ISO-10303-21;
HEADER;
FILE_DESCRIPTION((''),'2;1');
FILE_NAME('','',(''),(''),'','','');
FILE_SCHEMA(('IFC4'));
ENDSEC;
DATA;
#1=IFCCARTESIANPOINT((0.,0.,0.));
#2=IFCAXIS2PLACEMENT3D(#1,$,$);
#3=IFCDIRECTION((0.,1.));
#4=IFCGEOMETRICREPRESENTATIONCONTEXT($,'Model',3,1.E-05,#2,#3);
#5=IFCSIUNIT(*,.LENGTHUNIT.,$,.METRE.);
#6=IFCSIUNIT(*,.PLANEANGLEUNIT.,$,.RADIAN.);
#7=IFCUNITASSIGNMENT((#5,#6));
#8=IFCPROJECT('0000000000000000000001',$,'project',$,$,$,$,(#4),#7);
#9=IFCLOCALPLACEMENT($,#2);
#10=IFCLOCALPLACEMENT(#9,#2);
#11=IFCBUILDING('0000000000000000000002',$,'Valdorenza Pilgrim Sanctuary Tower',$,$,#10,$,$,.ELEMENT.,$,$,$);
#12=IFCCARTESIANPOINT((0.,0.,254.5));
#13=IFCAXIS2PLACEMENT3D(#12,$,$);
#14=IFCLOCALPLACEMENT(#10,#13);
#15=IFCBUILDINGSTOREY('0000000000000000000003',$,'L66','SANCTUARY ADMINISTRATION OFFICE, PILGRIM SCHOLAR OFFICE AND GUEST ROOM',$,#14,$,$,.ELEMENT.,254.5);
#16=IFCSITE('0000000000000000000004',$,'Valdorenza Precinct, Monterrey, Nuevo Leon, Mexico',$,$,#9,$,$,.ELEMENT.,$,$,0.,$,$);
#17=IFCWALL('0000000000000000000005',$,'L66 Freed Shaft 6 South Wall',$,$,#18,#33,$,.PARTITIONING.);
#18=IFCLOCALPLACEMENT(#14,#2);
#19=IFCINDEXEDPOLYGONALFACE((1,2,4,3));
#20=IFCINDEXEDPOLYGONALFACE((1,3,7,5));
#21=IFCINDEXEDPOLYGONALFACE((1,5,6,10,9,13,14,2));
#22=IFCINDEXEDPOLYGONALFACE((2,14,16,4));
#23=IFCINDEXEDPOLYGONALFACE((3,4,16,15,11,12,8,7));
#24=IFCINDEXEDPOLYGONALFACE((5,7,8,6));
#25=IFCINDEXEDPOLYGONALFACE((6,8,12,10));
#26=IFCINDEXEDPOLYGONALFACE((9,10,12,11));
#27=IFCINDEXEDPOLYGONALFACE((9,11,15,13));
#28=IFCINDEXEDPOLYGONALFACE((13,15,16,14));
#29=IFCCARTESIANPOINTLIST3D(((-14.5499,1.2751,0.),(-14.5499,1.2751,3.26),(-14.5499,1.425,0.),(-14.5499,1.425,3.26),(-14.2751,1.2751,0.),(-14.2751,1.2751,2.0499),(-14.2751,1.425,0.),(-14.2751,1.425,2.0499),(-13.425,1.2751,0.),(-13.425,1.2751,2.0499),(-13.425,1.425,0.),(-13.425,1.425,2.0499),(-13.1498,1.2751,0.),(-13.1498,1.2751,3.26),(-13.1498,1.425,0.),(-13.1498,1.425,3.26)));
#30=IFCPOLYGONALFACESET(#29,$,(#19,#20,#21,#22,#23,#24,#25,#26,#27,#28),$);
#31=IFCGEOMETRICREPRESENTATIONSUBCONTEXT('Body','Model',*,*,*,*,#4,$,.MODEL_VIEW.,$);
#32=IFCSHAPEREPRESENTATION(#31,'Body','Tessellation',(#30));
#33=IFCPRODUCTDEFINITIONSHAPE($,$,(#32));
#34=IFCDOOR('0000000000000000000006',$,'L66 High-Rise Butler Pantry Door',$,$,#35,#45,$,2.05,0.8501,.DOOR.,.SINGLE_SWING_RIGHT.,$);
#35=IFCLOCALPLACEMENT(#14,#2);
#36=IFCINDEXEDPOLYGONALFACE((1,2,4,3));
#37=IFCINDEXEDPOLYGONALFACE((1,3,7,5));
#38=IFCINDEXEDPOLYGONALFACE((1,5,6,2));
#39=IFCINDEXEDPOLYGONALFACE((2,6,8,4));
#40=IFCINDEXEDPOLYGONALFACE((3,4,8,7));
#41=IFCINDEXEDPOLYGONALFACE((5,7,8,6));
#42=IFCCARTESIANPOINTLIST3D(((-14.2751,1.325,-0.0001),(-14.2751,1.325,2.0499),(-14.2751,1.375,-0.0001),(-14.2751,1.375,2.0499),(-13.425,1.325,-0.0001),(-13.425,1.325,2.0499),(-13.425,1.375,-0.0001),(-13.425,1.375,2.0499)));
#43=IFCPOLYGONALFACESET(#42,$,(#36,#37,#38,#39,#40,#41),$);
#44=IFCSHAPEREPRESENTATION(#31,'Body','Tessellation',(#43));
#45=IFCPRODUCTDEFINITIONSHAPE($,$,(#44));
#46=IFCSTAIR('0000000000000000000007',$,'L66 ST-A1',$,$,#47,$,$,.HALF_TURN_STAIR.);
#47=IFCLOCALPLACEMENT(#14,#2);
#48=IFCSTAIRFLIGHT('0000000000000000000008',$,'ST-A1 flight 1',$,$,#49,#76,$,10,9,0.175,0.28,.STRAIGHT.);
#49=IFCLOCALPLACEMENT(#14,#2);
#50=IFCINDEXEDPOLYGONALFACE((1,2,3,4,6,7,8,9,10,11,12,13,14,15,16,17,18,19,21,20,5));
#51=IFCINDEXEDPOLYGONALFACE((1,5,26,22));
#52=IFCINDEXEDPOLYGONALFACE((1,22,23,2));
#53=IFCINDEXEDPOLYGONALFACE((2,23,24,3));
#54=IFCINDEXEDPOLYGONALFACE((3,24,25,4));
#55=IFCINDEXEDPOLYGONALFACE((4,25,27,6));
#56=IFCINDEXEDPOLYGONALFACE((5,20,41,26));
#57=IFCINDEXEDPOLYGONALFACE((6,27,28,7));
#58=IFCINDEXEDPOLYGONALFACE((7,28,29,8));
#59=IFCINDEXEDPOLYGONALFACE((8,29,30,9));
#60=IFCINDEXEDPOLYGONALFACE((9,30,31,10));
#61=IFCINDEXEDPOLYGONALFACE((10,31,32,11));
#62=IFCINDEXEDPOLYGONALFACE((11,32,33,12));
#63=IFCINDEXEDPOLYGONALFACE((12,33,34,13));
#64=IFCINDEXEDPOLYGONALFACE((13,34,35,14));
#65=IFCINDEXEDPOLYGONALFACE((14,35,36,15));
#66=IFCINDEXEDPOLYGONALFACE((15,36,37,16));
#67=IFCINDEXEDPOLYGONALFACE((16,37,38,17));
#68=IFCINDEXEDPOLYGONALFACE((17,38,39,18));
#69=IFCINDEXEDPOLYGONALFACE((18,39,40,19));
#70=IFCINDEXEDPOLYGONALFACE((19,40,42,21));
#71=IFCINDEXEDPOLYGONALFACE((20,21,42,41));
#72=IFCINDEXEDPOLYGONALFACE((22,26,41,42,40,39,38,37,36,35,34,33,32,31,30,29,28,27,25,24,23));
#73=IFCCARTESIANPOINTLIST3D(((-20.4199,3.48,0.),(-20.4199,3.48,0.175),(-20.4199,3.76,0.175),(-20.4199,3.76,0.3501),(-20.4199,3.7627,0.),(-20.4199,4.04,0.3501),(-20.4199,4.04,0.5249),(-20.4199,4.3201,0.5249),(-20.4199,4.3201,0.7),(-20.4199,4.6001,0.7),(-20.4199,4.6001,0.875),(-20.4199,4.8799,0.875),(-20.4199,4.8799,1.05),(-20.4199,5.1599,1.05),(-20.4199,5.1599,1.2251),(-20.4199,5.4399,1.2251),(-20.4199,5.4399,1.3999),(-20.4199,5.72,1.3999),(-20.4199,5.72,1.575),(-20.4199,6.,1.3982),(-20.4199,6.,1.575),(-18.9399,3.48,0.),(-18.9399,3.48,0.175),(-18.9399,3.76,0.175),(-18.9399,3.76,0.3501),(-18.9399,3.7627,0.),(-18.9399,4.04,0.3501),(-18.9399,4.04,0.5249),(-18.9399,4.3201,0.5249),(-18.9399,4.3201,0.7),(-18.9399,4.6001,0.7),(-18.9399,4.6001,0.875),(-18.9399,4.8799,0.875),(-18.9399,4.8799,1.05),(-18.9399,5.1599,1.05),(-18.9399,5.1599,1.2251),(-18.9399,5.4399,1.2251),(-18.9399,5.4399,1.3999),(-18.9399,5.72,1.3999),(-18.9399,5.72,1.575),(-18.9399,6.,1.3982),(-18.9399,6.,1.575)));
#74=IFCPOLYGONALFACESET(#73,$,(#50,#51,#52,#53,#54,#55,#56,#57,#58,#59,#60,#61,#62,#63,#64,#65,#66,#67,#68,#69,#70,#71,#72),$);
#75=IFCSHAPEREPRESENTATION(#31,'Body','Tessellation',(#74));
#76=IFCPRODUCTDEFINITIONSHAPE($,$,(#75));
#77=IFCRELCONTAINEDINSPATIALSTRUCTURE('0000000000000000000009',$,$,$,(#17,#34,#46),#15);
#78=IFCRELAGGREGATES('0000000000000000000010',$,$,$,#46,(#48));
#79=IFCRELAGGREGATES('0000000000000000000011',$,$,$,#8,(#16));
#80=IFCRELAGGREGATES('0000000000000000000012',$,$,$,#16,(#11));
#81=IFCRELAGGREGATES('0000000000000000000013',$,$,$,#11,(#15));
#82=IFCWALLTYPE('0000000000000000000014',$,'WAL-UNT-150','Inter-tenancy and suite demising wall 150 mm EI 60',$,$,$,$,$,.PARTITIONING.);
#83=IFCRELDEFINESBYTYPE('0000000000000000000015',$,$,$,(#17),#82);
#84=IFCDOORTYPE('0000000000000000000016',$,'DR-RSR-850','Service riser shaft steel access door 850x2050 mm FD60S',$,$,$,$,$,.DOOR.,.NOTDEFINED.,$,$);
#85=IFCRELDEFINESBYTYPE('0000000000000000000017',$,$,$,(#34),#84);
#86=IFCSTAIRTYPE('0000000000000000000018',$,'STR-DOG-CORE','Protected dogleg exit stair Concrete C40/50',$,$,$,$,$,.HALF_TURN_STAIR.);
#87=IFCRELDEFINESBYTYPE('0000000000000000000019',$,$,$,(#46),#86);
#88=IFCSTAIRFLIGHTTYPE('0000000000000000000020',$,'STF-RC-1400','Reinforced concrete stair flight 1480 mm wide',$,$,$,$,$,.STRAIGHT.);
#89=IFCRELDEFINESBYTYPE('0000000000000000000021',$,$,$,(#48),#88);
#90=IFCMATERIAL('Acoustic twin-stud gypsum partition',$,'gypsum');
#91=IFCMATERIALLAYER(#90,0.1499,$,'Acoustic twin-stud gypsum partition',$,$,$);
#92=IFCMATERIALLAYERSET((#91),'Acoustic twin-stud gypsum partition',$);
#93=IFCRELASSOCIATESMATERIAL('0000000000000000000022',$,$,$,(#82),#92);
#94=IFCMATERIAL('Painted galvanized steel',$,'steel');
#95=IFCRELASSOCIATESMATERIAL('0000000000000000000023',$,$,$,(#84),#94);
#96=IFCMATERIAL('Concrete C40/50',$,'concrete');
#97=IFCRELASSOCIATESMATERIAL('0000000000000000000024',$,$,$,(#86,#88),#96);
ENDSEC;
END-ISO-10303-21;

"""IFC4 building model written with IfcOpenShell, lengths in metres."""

from ifc_helpers import new_model, si_unit, direction, frame, frame_2d, origin, place, context, subcontext, project, spatial, polyline, rectangle, outline, extrude, material, layer, layer_set, type_object, element, fill, aggregate, save


model = new_model("IFC4")

# Units and contexts
model_context = context("Model", 3, precision=1e-05, world=origin(), true_north=direction((0.0, 1.0)))
body_context = subcontext(model_context, "Body", "Model", "MODEL_VIEW")
ifc_project = project(units=[si_unit("LENGTHUNIT", "METRE"), si_unit("PLANEANGLEUNIT", "RADIAN")], contexts=[model_context])

# Site, building, storey
site_placement = place(None, origin())
site = spatial("IfcSite", under=ifc_project, at=site_placement, Name="Valdorenza Precinct, Monterrey, Nuevo Leon, Mexico", CompositionType="ELEMENT", RefElevation=0.0)
building_placement = place(site_placement, origin())
building = spatial("IfcBuilding", under=site, at=building_placement, Name="Valdorenza Pilgrim Sanctuary Tower", CompositionType="ELEMENT")
storey_placement = place(building_placement, frame((0.0, 0.0, 254.5)))
storey = spatial("IfcBuildingStorey", under=building, at=storey_placement, Name="L66", Description="SANCTUARY ADMINISTRATION OFFICE, PILGRIM SCHOLAR OFFICE AND GUEST ROOM", CompositionType="ELEMENT", Elevation=254.5)

# Shared definitions
ifc_material_1 = material(Name="Concrete C40/50", Category="concrete")

# Shared definitions
ifc_material_2 = material(Name="Painted galvanized steel", Category="steel")

# Shared definitions
ifc_material_3 = material(Name="Acoustic twin-stud gypsum partition", Category="gypsum")
ifc_layer_1 = layer(ifc_material_3, 0.1499, Name="Acoustic twin-stud gypsum partition")
ifc_layer_set_1 = layer_set([ifc_layer_1], Name="Acoustic twin-stud gypsum partition")
wall_type_1 = type_object("IfcWallType", Name="WAL-UNT-150", Description="Inter-tenancy and suite demising wall 150 mm EI 60", PredefinedType="PARTITIONING", material=ifc_layer_set_1)

# Wall, opening, door
wall_1_placement = place(storey_placement, frame((-14.55, 1.3501, 0.0), z_axis=(0.0, 0.0, 1.0), x_axis=(1.0, 0.0, 0.0)))
wall_1 = element("IfcWall", 1, at=wall_1_placement, inside=storey, type_object=wall_type_1, Name="L66 Freed Shaft 6 South Wall", PredefinedType="PARTITIONING", context=body_context, shape_type="SweptSolid", body=[
    extrude(rectangle(XDim=1.4001, YDim=0.1499, at=frame_2d((0.7002, 0.0))), origin(), (0.0, 0.0, 1.0), 3.26),
])
opening_1_placement = place(wall_1_placement, frame((0.2749, 0.0, 0.0)))
opening_1 = element("IfcOpeningElement", 2, at=opening_1_placement, cuts=wall_1, PredefinedType="OPENING", context=body_context, shape_type="SweptSolid", body=[
    extrude(rectangle(XDim=0.8501, YDim=2.05, at=frame_2d((0.425, 1.0249))), frame((0.0, 0.0898, 0.0), z_axis=(0.0, -1.0, 0.0), x_axis=(1.0, 0.0, 0.0)), (0.0, 0.0, 1.0), 0.1797),
])
door_type_1 = type_object("IfcDoorType", Name="DR-RSR-850", Description="Service riser shaft steel access door 850x2050 mm FD60S", OperationType="NOTDEFINED", PredefinedType="DOOR", material=ifc_material_2)
door_1_placement = place(opening_1_placement, origin())
door_1 = element("IfcDoor", 3, at=door_1_placement, inside=storey, type_object=door_type_1, Name="L66 High-Rise Butler Pantry Door", OperationType="SINGLE_SWING_RIGHT", OverallHeight=2.05, OverallWidth=0.8501, PredefinedType="DOOR", context=body_context, shape_type="SweptSolid", body=[
    extrude(rectangle(XDim=0.8501, YDim=2.05, at=frame_2d((0.425, 1.0249))), frame((0.0, 0.0249, 0.0), z_axis=(0.0, -1.0, 0.0), x_axis=(1.0, 0.0, 0.0)), (0.0, 0.0, 1.0), 0.05),
])
fill(opening_1, door_1)

# Stair, stair flight
stair_type = type_object("IfcStairType", Name="STR-DOG-CORE", Description="Protected dogleg exit stair Concrete C40/50", PredefinedType="HALF_TURN_STAIR", material=ifc_material_1)
stair_placement = place(storey_placement, origin())
stair = element("IfcStair", 4, at=stair_placement, inside=storey, type_object=stair_type, Name="L66 ST-A1", PredefinedType="HALF_TURN_STAIR")
stair_flight_type = type_object("IfcStairFlightType", Name="STF-RC-1400", Description="Reinforced concrete stair flight 1480 mm wide", PredefinedType="STRAIGHT", material=ifc_material_1)
stair_flight_placement = place(storey_placement, frame((-19.6799, 3.48, 0.0), z_axis=(0.0, 0.0, 1.0), x_axis=(0.0, 1.0, 0.0)))
stair_flight = element("IfcStairFlight", 5, at=stair_flight_placement, type_object=stair_flight_type, Name="ST-A1 flight 1", NumberOfRisers=10, NumberOfTreads=9, PredefinedType="STRAIGHT", RiserHeight=0.175, TreadLength=0.28, context=body_context, shape_type="SweptSolid", body=[
    extrude(outline(polyline([(0.0, 0.0), (0.0, 0.175), (0.28, 0.175), (0.28, 0.3501), (0.5601, 0.3501), (0.5601, 0.5249), (0.8401, 0.5249), (0.8401, 0.7), (1.1201, 0.7), (1.1201, 0.875), (1.3999, 0.875), (1.3999, 1.05), (1.6799, 1.05), (1.6799, 1.2251), (1.96, 1.2251), (1.96, 1.3999), (2.24, 1.3999), (2.24, 1.575), (2.52, 1.575), (2.52, 1.75), (2.52, 1.3982), (0.2827, 0.0), (0.0, 0.0)])), frame((0.0, 0.74, 0.0), z_axis=(0.0, -1.0, 0.0), x_axis=(1.0, 0.0, 0.0)), (0.0, 0.0, 1.0), 1.48),
])
aggregate(stair, [stair_flight])

save(model, "model.ifc")
